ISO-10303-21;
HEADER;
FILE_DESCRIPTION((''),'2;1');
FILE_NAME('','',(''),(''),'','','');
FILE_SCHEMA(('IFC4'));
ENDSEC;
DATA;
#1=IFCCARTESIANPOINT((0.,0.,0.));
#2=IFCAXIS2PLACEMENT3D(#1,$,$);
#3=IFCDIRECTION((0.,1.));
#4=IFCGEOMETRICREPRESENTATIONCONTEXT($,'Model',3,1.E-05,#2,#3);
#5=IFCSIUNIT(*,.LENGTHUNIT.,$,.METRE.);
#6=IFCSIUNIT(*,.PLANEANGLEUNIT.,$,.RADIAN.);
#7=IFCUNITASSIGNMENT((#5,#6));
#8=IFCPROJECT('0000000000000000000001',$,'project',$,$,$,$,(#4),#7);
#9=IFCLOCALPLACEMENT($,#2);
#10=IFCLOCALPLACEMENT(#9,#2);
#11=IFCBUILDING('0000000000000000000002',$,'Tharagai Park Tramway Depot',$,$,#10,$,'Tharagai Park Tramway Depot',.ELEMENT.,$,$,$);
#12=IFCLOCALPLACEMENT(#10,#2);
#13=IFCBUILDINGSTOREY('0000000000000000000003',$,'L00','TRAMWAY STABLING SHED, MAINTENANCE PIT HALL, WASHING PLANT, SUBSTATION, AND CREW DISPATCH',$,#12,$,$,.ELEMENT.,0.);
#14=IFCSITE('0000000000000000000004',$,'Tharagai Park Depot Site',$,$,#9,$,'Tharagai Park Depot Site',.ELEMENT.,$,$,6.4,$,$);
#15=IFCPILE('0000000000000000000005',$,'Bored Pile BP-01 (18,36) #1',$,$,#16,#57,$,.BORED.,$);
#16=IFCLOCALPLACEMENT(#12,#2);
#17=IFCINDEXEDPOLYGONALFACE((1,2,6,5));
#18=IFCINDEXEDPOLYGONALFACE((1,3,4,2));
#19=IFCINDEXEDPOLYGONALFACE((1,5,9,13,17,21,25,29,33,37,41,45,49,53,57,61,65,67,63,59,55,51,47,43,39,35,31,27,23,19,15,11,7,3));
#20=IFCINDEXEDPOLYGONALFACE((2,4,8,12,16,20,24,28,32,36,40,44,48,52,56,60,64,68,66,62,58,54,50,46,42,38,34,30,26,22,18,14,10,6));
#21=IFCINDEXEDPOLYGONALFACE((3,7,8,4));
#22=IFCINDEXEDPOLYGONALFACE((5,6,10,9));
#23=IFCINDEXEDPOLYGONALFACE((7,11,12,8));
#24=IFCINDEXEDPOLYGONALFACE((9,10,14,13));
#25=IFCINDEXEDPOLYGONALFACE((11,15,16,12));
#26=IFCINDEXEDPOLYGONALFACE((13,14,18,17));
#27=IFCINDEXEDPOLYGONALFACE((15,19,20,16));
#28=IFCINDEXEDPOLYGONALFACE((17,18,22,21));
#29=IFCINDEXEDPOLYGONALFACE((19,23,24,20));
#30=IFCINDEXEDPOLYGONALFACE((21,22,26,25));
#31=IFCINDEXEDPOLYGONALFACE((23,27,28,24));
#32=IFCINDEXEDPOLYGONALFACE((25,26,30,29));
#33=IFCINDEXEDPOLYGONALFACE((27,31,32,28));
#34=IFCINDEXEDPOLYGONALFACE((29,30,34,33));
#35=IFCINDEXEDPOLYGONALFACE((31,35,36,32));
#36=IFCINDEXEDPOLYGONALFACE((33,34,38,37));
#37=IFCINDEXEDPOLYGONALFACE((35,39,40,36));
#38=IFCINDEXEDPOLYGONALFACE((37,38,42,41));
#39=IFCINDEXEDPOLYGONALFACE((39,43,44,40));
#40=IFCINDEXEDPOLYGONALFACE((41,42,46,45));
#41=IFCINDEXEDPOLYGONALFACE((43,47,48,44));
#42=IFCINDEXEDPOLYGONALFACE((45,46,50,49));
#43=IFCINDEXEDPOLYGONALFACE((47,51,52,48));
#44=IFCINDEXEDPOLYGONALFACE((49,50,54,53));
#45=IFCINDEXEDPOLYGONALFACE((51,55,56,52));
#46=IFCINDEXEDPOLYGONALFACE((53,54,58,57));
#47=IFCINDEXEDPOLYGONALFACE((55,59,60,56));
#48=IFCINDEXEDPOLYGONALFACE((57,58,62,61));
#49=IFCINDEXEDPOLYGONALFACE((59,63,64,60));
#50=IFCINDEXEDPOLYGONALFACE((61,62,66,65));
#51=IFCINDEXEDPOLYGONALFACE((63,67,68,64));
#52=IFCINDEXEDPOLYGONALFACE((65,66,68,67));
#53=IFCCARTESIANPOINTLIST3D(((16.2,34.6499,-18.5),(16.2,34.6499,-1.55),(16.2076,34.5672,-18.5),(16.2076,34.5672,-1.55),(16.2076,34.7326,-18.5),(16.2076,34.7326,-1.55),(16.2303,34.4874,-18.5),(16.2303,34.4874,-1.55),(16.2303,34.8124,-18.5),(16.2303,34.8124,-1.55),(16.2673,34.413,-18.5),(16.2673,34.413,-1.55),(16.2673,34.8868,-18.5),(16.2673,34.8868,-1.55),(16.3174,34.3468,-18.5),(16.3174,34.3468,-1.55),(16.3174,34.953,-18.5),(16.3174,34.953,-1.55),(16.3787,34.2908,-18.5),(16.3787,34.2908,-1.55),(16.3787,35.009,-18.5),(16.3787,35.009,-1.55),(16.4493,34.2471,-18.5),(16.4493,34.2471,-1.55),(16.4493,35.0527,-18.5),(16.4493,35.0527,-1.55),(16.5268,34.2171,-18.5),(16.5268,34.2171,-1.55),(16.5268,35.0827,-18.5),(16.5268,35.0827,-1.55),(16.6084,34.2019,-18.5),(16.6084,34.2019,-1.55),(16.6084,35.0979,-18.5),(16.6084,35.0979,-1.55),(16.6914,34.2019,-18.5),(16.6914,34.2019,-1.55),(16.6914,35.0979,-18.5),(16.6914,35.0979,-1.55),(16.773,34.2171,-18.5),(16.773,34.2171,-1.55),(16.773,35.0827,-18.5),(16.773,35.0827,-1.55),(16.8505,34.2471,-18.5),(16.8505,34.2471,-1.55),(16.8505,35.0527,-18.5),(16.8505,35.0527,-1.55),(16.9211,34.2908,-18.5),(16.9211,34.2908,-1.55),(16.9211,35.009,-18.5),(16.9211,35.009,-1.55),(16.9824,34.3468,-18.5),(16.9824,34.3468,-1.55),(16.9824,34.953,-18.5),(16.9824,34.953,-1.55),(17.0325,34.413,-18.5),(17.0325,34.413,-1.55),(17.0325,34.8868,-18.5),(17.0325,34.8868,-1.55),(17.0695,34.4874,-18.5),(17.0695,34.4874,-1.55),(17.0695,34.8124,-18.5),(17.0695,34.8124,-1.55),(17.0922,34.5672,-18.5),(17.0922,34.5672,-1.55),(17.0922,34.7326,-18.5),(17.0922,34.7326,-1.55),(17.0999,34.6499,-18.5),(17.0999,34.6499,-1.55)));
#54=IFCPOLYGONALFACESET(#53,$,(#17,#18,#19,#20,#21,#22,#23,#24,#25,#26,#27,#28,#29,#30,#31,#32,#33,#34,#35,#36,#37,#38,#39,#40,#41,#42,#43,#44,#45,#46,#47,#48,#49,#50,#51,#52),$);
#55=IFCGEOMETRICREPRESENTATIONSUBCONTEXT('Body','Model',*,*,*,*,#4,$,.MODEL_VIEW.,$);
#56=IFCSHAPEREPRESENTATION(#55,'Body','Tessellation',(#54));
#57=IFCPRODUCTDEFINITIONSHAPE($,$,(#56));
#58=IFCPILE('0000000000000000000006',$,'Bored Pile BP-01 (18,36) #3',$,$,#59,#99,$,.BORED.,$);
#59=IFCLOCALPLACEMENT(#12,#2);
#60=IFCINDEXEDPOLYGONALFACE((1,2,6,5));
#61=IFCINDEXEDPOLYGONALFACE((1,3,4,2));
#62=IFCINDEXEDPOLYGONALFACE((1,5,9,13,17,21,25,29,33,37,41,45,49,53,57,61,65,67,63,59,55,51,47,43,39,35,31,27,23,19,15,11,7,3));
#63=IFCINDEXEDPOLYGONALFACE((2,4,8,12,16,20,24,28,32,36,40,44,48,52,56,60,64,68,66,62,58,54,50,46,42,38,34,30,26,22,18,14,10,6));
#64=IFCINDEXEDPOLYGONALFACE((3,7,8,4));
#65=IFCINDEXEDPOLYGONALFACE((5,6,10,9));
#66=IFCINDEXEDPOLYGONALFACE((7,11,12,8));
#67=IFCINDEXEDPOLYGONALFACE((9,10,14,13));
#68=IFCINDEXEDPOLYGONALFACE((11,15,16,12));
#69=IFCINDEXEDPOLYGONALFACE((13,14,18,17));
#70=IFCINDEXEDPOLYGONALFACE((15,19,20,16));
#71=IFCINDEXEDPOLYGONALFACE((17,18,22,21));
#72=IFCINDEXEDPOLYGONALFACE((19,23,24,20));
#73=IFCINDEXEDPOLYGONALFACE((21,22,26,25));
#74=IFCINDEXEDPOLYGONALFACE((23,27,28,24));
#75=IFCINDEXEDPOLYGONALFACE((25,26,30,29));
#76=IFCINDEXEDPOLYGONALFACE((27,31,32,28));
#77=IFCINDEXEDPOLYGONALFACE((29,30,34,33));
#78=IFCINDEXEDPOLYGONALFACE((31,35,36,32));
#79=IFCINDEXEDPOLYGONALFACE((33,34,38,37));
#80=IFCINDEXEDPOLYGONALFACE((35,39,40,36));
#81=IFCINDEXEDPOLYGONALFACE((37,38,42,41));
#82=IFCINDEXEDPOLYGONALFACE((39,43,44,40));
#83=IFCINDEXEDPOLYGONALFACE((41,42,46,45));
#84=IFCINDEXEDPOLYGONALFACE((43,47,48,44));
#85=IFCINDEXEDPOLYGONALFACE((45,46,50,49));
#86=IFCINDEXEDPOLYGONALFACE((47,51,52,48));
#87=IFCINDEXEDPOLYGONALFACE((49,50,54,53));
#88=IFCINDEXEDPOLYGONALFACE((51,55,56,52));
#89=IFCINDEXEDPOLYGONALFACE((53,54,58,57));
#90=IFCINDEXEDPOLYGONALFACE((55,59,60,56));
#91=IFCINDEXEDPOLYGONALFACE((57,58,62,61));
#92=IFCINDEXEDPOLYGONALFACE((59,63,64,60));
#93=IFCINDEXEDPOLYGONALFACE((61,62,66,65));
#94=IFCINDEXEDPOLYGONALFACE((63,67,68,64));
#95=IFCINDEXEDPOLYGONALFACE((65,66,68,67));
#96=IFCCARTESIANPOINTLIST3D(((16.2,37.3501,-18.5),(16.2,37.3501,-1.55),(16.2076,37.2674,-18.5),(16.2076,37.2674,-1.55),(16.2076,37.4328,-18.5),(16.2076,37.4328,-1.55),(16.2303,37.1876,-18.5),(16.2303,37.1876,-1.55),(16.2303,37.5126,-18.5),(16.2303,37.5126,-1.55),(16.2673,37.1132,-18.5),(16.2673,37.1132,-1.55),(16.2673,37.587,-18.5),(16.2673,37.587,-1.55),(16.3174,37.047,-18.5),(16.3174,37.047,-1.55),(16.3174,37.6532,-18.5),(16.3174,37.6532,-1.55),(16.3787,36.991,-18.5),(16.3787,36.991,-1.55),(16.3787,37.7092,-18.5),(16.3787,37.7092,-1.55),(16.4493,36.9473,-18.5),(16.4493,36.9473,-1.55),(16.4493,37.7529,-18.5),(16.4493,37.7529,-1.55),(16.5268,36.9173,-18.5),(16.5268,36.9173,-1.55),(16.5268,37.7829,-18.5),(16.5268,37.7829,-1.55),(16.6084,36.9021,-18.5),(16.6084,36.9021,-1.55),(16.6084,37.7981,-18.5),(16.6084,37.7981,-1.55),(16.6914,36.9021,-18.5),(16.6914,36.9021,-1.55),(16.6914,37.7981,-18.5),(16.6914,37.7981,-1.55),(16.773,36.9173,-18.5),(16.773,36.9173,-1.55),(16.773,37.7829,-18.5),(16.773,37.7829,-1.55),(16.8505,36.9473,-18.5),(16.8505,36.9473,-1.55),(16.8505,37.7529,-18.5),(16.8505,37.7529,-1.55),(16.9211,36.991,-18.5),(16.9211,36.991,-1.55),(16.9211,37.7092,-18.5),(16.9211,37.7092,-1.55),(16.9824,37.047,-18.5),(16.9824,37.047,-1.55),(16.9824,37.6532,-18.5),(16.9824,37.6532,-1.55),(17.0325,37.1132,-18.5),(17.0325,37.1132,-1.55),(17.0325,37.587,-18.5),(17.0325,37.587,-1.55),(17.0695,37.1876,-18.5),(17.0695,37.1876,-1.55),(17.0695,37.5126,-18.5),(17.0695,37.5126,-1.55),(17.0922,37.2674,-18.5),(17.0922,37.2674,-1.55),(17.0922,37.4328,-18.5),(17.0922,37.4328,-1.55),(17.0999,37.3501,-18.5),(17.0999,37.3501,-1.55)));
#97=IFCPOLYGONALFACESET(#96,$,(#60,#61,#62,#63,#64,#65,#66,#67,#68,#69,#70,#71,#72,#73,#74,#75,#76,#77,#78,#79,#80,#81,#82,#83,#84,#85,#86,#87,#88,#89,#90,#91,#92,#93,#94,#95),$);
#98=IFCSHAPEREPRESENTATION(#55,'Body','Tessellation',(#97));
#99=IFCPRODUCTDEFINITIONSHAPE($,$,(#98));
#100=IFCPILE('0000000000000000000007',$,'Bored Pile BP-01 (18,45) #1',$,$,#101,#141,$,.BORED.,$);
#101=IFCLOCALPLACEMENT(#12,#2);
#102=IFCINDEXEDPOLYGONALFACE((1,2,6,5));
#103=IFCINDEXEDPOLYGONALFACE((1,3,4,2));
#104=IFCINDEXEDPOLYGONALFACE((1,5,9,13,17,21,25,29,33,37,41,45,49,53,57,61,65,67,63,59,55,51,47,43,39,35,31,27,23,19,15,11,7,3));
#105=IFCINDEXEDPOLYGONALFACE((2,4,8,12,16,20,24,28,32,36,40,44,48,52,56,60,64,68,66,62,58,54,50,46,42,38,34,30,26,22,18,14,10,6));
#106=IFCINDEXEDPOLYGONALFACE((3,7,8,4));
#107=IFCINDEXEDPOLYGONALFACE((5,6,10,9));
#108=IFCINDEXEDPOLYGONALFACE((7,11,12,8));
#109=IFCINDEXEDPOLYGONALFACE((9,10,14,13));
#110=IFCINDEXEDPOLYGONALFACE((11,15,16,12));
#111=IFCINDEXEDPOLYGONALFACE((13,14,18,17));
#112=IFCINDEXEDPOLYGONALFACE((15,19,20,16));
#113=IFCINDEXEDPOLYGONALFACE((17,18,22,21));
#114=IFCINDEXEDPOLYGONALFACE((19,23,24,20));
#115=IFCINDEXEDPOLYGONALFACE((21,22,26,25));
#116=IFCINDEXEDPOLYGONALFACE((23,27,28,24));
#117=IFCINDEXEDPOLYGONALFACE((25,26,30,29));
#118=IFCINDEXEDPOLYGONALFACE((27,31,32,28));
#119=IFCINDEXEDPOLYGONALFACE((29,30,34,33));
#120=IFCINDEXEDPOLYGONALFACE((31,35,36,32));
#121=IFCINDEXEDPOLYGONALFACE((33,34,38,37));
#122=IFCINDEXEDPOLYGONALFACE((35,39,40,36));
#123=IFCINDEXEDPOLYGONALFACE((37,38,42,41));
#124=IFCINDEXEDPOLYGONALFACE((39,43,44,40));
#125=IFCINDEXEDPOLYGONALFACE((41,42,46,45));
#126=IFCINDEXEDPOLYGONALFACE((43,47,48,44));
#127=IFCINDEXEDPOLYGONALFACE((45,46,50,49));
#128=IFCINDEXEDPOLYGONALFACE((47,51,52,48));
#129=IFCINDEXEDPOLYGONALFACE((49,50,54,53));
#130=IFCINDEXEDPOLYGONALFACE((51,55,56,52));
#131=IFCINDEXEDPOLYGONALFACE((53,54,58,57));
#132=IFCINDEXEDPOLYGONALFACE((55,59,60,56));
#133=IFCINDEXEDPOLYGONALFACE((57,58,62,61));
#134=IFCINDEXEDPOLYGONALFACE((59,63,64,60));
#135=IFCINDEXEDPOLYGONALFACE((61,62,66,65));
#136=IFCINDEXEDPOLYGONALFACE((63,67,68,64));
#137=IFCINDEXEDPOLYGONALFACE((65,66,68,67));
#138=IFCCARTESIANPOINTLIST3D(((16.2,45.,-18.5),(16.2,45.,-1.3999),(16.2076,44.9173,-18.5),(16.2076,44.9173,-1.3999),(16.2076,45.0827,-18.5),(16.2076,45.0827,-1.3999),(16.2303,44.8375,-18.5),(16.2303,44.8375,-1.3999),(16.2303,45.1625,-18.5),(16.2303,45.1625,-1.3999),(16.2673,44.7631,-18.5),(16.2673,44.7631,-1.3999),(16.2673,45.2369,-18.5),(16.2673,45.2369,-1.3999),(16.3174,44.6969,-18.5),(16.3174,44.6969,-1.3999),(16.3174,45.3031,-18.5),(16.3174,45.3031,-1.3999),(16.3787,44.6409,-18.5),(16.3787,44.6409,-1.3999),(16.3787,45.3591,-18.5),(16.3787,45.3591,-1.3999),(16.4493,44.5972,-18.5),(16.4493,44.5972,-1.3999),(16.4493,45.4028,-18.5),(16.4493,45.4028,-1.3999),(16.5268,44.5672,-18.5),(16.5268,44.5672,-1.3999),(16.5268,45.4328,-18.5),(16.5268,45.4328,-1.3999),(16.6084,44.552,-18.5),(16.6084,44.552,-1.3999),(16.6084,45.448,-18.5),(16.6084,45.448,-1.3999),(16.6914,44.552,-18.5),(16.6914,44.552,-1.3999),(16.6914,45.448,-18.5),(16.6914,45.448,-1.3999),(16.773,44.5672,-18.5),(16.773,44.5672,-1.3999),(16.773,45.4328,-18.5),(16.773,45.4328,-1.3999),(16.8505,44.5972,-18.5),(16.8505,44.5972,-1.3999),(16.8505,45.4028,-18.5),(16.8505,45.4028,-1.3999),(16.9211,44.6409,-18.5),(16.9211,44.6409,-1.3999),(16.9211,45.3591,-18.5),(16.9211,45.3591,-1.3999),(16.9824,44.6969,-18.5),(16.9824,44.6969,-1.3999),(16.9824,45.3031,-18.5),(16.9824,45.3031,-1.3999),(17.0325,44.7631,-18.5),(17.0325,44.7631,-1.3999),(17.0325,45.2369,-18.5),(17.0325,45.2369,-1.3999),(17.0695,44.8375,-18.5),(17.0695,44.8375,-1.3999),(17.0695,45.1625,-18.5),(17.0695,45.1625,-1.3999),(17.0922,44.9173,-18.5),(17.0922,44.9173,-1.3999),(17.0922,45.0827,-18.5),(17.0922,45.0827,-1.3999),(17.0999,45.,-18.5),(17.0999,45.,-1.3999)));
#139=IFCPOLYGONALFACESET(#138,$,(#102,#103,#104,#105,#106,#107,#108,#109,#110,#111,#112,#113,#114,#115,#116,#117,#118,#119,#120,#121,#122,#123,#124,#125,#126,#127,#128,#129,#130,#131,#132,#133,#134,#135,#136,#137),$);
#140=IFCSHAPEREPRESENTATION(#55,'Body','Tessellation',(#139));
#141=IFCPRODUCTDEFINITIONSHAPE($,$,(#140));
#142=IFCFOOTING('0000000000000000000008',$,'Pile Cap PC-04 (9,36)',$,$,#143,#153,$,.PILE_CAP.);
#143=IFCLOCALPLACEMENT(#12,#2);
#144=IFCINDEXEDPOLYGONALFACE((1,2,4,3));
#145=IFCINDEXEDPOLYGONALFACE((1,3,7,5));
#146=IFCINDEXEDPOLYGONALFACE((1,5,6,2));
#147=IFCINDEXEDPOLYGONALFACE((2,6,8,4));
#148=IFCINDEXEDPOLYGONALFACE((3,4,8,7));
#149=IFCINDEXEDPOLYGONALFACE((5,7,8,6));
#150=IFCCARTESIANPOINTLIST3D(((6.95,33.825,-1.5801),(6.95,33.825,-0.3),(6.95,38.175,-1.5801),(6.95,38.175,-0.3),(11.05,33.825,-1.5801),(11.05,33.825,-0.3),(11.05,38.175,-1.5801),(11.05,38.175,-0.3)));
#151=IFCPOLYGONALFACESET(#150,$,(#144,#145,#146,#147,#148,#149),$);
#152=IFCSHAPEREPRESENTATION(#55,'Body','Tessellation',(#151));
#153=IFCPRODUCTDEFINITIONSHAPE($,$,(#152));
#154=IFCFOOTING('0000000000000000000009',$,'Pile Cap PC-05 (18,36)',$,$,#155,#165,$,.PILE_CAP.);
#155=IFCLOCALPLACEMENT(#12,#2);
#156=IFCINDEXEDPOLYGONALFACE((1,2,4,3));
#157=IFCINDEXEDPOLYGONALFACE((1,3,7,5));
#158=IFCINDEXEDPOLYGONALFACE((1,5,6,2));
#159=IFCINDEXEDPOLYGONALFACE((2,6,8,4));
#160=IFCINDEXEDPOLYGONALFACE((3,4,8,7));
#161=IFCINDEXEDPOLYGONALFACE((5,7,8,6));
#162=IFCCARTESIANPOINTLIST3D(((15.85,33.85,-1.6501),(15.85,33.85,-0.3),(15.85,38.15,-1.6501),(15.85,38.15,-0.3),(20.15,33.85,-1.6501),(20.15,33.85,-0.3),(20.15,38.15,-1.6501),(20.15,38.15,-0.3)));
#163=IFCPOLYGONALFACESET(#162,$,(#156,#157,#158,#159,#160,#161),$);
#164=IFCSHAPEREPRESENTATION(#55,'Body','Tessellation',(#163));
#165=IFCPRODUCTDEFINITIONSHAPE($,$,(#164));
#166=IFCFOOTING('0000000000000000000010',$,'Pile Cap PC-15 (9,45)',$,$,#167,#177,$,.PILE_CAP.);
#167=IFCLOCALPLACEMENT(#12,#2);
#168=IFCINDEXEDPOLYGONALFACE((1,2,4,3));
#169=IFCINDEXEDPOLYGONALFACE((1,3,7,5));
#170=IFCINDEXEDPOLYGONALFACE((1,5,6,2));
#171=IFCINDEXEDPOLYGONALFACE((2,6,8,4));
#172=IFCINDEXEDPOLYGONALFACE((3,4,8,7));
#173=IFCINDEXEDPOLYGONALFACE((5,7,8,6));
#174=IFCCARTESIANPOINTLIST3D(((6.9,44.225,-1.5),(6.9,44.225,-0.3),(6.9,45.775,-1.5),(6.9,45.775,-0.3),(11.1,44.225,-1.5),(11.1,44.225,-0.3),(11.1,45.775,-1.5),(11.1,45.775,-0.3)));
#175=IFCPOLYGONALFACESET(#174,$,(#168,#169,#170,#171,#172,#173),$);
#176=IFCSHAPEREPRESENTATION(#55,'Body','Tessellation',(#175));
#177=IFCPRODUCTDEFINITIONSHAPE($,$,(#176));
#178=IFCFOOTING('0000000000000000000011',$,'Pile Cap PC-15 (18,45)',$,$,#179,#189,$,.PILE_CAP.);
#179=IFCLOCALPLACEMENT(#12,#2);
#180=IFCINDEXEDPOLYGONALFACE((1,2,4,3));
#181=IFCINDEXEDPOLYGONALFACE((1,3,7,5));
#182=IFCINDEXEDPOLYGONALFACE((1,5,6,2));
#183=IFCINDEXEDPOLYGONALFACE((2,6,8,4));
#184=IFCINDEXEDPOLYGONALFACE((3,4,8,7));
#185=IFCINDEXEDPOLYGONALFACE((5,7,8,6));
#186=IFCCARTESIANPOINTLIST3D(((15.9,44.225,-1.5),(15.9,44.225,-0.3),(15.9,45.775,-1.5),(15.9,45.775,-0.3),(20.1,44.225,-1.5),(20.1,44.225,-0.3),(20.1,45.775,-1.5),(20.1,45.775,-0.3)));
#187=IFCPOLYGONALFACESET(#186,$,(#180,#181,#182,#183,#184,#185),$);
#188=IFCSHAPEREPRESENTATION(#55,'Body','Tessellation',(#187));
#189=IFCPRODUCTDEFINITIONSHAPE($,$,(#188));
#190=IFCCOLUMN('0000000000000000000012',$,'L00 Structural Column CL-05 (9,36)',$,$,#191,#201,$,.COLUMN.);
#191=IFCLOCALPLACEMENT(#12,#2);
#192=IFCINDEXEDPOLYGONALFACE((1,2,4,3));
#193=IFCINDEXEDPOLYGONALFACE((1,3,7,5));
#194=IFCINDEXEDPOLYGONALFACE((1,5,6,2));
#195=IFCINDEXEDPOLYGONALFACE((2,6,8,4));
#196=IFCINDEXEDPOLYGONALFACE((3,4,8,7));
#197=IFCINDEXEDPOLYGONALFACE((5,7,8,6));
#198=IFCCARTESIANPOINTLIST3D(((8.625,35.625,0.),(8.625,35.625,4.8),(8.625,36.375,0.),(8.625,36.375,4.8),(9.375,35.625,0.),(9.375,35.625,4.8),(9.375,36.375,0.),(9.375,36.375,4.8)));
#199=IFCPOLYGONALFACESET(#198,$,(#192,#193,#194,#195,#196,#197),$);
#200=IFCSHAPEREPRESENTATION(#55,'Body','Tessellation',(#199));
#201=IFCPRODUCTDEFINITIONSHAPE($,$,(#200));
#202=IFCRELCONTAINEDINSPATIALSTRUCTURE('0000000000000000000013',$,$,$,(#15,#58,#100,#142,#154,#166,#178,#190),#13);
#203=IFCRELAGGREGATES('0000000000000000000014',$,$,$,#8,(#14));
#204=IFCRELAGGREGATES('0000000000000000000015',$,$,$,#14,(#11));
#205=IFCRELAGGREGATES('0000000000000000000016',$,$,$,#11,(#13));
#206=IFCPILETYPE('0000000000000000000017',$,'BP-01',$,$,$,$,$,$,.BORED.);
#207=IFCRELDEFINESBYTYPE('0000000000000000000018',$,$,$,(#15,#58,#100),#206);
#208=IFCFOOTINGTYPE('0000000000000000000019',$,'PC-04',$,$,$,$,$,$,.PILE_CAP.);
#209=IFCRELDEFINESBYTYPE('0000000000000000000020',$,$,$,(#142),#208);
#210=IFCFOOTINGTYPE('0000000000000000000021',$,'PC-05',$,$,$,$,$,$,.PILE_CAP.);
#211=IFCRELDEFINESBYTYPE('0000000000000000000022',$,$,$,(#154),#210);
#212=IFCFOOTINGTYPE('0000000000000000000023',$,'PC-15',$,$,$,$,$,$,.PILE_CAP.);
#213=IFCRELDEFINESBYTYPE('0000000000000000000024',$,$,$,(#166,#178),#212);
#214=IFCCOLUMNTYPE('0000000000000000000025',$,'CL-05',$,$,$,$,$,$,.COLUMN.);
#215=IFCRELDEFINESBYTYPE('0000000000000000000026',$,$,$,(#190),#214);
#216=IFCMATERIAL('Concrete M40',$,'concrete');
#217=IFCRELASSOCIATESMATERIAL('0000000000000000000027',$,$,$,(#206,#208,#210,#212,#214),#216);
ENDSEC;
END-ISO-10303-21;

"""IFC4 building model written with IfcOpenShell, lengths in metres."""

from ifc_helpers import new_model, si_unit, direction, frame, origin, origin_2d, place, context, subcontext, project, spatial, rectangle, circle, extrude, material, material_profile, profile_set, type_object, element, save


model = new_model("IFC4")

# Units and contexts
model_context = context("Model", 3, precision=1e-05, world=origin(), true_north=direction((0.0, 1.0)))
body_context = subcontext(model_context, "Body", "Model", "MODEL_VIEW")
ifc_project = project(units=[si_unit("LENGTHUNIT", "METRE"), si_unit("PLANEANGLEUNIT", "RADIAN")], contexts=[model_context])

# Site, building, storey
site_placement = place(None, origin())
site = spatial("IfcSite", under=ifc_project, at=site_placement, Name="Tharagai Park Depot Site", LongName="Tharagai Park Depot Site", CompositionType="ELEMENT", RefElevation=6.4)
building_placement = place(site_placement, origin())
building = spatial("IfcBuilding", under=site, at=building_placement, Name="Tharagai Park Tramway Depot", LongName="Tharagai Park Tramway Depot", CompositionType="ELEMENT")
storey_placement = place(building_placement, origin())
storey = spatial("IfcBuildingStorey", under=building, at=storey_placement, Name="L00", Description="TRAMWAY STABLING SHED, MAINTENANCE PIT HALL, WASHING PLANT, SUBSTATION, AND CREW DISPATCH", CompositionType="ELEMENT", Elevation=0.0)

# Piles
ifc_material_1 = material(Name="Concrete M40", Category="concrete")
ifc_material_profile_1 = material_profile(ifc_material_1, circle(Radius=0.45, at=origin_2d()), Name="PILE D900")
ifc_profile_set_1 = profile_set([ifc_material_profile_1], Name="Concrete M40")
pile_type = type_object("IfcPileType", Name="BP-01", PredefinedType="BORED", material=ifc_profile_set_1)
for number, where, z_axis, x_axis, name in (
    (1, (16.6499, 34.6499, -1.55), (0.0, 0.0, -1.0), (1.0, 0.0, 0.0), "Bored Pile BP-01 (18,36) #1"),
    (2, (16.6499, 37.3501, -1.55), (0.0, 0.0, -1.0), (1.0, 0.0, 0.0), "Bored Pile BP-01 (18,36) #3"),
):
    element("IfcPile", number, at=place(storey_placement, frame(where, z_axis=z_axis, x_axis=x_axis)), inside=storey, type_object=pile_type, Name=name, PredefinedType="BORED", context=body_context, shape_type="SweptSolid", body=[
        extrude(circle(Radius=0.45, at=origin_2d()), origin(), (0.0, 0.0, 1.0), 16.95),
    ])
pile_1_placement = place(storey_placement, frame((16.6499, 45.0, -1.3999), z_axis=(0.0, 0.0, -1.0), x_axis=(1.0, 0.0, 0.0)))
element("IfcPile", 3, at=pile_1_placement, inside=storey, type_object=pile_type, Name="Bored Pile BP-01 (18,45) #1", PredefinedType="BORED", context=body_context, shape_type="SweptSolid", body=[
    extrude(circle(Radius=0.45, at=origin_2d()), origin(), (0.0, 0.0, 1.0), 17.1001),
])

# Footings
footing_type_1 = type_object("IfcFootingType", Name="PC-04", PredefinedType="PILE_CAP", material=ifc_material_1)
footing_1_placement = place(storey_placement, frame((9.0, 36.0, -1.5801), z_axis=(0.0, 0.0, 1.0), x_axis=(1.0, 0.0, 0.0)))
element("IfcFooting", 4, at=footing_1_placement, inside=storey, type_object=footing_type_1, Name="Pile Cap PC-04 (9,36)", PredefinedType="PILE_CAP", context=body_context, shape_type="SweptSolid", body=[
    extrude(rectangle(XDim=4.1001, YDim=4.3501, at=origin_2d()), origin(), (0.0, 0.0, 1.0), 1.28),
])
footing_type_2 = type_object("IfcFootingType", Name="PC-05", PredefinedType="PILE_CAP", material=ifc_material_1)
footing_2_placement = place(storey_placement, frame((18.0, 36.0, -1.6501), z_axis=(0.0, 0.0, 1.0), x_axis=(1.0, 0.0, 0.0)))
element("IfcFooting", 5, at=footing_2_placement, inside=storey, type_object=footing_type_2, Name="Pile Cap PC-05 (18,36)", PredefinedType="PILE_CAP", context=body_context, shape_type="SweptSolid", body=[
    extrude(rectangle(XDim=4.3, YDim=4.3, at=origin_2d()), origin(), (0.0, 0.0, 1.0), 1.3501),
])
footing_type_3 = type_object("IfcFootingType", Name="PC-15", PredefinedType="PILE_CAP", material=ifc_material_1)
for number, where, z_axis, x_axis, name in (
    (6, (9.0, 45.0, -1.5), (0.0, 0.0, 1.0), (1.0, 0.0, 0.0), "Pile Cap PC-15 (9,45)"),
    (7, (18.0, 45.0, -1.5), (0.0, 0.0, 1.0), (1.0, 0.0, 0.0), "Pile Cap PC-15 (18,45)"),
):
    element("IfcFooting", number, at=place(storey_placement, frame(where, z_axis=z_axis, x_axis=x_axis)), inside=storey, type_object=footing_type_3, Name=name, PredefinedType="PILE_CAP", context=body_context, shape_type="SweptSolid", body=[
        extrude(rectangle(XDim=4.2, YDim=1.55, at=origin_2d()), origin(), (0.0, 0.0, 1.0), 1.2),
    ])

# Column
ifc_material_profile_2 = material_profile(ifc_material_1, rectangle(XDim=0.75, YDim=0.75, at=origin_2d()), Name="RC 750x750")
ifc_profile_set_2 = profile_set([ifc_material_profile_2], Name="Concrete M40")
column_type_1 = type_object("IfcColumnType", Name="CL-05", PredefinedType="COLUMN", material=ifc_profile_set_2)
for number, where, z_axis, x_axis, name in (
    (8, (9.0, 36.0, 0.0), (0.0, 0.0, 1.0), (1.0, 0.0, 0.0), "L00 Structural Column CL-05 (9,36)"),
):
    element("IfcColumn", number, at=place(storey_placement, frame(where, z_axis=z_axis, x_axis=x_axis)), inside=storey, type_object=column_type_1, Name=name, PredefinedType="COLUMN", context=body_context, shape_type="SweptSolid", body=[
        extrude(rectangle(XDim=0.75, YDim=0.75, at=origin_2d()), origin(), (0.0, 0.0, 1.0), 4.8),
    ])

save(model, "model.ifc")
